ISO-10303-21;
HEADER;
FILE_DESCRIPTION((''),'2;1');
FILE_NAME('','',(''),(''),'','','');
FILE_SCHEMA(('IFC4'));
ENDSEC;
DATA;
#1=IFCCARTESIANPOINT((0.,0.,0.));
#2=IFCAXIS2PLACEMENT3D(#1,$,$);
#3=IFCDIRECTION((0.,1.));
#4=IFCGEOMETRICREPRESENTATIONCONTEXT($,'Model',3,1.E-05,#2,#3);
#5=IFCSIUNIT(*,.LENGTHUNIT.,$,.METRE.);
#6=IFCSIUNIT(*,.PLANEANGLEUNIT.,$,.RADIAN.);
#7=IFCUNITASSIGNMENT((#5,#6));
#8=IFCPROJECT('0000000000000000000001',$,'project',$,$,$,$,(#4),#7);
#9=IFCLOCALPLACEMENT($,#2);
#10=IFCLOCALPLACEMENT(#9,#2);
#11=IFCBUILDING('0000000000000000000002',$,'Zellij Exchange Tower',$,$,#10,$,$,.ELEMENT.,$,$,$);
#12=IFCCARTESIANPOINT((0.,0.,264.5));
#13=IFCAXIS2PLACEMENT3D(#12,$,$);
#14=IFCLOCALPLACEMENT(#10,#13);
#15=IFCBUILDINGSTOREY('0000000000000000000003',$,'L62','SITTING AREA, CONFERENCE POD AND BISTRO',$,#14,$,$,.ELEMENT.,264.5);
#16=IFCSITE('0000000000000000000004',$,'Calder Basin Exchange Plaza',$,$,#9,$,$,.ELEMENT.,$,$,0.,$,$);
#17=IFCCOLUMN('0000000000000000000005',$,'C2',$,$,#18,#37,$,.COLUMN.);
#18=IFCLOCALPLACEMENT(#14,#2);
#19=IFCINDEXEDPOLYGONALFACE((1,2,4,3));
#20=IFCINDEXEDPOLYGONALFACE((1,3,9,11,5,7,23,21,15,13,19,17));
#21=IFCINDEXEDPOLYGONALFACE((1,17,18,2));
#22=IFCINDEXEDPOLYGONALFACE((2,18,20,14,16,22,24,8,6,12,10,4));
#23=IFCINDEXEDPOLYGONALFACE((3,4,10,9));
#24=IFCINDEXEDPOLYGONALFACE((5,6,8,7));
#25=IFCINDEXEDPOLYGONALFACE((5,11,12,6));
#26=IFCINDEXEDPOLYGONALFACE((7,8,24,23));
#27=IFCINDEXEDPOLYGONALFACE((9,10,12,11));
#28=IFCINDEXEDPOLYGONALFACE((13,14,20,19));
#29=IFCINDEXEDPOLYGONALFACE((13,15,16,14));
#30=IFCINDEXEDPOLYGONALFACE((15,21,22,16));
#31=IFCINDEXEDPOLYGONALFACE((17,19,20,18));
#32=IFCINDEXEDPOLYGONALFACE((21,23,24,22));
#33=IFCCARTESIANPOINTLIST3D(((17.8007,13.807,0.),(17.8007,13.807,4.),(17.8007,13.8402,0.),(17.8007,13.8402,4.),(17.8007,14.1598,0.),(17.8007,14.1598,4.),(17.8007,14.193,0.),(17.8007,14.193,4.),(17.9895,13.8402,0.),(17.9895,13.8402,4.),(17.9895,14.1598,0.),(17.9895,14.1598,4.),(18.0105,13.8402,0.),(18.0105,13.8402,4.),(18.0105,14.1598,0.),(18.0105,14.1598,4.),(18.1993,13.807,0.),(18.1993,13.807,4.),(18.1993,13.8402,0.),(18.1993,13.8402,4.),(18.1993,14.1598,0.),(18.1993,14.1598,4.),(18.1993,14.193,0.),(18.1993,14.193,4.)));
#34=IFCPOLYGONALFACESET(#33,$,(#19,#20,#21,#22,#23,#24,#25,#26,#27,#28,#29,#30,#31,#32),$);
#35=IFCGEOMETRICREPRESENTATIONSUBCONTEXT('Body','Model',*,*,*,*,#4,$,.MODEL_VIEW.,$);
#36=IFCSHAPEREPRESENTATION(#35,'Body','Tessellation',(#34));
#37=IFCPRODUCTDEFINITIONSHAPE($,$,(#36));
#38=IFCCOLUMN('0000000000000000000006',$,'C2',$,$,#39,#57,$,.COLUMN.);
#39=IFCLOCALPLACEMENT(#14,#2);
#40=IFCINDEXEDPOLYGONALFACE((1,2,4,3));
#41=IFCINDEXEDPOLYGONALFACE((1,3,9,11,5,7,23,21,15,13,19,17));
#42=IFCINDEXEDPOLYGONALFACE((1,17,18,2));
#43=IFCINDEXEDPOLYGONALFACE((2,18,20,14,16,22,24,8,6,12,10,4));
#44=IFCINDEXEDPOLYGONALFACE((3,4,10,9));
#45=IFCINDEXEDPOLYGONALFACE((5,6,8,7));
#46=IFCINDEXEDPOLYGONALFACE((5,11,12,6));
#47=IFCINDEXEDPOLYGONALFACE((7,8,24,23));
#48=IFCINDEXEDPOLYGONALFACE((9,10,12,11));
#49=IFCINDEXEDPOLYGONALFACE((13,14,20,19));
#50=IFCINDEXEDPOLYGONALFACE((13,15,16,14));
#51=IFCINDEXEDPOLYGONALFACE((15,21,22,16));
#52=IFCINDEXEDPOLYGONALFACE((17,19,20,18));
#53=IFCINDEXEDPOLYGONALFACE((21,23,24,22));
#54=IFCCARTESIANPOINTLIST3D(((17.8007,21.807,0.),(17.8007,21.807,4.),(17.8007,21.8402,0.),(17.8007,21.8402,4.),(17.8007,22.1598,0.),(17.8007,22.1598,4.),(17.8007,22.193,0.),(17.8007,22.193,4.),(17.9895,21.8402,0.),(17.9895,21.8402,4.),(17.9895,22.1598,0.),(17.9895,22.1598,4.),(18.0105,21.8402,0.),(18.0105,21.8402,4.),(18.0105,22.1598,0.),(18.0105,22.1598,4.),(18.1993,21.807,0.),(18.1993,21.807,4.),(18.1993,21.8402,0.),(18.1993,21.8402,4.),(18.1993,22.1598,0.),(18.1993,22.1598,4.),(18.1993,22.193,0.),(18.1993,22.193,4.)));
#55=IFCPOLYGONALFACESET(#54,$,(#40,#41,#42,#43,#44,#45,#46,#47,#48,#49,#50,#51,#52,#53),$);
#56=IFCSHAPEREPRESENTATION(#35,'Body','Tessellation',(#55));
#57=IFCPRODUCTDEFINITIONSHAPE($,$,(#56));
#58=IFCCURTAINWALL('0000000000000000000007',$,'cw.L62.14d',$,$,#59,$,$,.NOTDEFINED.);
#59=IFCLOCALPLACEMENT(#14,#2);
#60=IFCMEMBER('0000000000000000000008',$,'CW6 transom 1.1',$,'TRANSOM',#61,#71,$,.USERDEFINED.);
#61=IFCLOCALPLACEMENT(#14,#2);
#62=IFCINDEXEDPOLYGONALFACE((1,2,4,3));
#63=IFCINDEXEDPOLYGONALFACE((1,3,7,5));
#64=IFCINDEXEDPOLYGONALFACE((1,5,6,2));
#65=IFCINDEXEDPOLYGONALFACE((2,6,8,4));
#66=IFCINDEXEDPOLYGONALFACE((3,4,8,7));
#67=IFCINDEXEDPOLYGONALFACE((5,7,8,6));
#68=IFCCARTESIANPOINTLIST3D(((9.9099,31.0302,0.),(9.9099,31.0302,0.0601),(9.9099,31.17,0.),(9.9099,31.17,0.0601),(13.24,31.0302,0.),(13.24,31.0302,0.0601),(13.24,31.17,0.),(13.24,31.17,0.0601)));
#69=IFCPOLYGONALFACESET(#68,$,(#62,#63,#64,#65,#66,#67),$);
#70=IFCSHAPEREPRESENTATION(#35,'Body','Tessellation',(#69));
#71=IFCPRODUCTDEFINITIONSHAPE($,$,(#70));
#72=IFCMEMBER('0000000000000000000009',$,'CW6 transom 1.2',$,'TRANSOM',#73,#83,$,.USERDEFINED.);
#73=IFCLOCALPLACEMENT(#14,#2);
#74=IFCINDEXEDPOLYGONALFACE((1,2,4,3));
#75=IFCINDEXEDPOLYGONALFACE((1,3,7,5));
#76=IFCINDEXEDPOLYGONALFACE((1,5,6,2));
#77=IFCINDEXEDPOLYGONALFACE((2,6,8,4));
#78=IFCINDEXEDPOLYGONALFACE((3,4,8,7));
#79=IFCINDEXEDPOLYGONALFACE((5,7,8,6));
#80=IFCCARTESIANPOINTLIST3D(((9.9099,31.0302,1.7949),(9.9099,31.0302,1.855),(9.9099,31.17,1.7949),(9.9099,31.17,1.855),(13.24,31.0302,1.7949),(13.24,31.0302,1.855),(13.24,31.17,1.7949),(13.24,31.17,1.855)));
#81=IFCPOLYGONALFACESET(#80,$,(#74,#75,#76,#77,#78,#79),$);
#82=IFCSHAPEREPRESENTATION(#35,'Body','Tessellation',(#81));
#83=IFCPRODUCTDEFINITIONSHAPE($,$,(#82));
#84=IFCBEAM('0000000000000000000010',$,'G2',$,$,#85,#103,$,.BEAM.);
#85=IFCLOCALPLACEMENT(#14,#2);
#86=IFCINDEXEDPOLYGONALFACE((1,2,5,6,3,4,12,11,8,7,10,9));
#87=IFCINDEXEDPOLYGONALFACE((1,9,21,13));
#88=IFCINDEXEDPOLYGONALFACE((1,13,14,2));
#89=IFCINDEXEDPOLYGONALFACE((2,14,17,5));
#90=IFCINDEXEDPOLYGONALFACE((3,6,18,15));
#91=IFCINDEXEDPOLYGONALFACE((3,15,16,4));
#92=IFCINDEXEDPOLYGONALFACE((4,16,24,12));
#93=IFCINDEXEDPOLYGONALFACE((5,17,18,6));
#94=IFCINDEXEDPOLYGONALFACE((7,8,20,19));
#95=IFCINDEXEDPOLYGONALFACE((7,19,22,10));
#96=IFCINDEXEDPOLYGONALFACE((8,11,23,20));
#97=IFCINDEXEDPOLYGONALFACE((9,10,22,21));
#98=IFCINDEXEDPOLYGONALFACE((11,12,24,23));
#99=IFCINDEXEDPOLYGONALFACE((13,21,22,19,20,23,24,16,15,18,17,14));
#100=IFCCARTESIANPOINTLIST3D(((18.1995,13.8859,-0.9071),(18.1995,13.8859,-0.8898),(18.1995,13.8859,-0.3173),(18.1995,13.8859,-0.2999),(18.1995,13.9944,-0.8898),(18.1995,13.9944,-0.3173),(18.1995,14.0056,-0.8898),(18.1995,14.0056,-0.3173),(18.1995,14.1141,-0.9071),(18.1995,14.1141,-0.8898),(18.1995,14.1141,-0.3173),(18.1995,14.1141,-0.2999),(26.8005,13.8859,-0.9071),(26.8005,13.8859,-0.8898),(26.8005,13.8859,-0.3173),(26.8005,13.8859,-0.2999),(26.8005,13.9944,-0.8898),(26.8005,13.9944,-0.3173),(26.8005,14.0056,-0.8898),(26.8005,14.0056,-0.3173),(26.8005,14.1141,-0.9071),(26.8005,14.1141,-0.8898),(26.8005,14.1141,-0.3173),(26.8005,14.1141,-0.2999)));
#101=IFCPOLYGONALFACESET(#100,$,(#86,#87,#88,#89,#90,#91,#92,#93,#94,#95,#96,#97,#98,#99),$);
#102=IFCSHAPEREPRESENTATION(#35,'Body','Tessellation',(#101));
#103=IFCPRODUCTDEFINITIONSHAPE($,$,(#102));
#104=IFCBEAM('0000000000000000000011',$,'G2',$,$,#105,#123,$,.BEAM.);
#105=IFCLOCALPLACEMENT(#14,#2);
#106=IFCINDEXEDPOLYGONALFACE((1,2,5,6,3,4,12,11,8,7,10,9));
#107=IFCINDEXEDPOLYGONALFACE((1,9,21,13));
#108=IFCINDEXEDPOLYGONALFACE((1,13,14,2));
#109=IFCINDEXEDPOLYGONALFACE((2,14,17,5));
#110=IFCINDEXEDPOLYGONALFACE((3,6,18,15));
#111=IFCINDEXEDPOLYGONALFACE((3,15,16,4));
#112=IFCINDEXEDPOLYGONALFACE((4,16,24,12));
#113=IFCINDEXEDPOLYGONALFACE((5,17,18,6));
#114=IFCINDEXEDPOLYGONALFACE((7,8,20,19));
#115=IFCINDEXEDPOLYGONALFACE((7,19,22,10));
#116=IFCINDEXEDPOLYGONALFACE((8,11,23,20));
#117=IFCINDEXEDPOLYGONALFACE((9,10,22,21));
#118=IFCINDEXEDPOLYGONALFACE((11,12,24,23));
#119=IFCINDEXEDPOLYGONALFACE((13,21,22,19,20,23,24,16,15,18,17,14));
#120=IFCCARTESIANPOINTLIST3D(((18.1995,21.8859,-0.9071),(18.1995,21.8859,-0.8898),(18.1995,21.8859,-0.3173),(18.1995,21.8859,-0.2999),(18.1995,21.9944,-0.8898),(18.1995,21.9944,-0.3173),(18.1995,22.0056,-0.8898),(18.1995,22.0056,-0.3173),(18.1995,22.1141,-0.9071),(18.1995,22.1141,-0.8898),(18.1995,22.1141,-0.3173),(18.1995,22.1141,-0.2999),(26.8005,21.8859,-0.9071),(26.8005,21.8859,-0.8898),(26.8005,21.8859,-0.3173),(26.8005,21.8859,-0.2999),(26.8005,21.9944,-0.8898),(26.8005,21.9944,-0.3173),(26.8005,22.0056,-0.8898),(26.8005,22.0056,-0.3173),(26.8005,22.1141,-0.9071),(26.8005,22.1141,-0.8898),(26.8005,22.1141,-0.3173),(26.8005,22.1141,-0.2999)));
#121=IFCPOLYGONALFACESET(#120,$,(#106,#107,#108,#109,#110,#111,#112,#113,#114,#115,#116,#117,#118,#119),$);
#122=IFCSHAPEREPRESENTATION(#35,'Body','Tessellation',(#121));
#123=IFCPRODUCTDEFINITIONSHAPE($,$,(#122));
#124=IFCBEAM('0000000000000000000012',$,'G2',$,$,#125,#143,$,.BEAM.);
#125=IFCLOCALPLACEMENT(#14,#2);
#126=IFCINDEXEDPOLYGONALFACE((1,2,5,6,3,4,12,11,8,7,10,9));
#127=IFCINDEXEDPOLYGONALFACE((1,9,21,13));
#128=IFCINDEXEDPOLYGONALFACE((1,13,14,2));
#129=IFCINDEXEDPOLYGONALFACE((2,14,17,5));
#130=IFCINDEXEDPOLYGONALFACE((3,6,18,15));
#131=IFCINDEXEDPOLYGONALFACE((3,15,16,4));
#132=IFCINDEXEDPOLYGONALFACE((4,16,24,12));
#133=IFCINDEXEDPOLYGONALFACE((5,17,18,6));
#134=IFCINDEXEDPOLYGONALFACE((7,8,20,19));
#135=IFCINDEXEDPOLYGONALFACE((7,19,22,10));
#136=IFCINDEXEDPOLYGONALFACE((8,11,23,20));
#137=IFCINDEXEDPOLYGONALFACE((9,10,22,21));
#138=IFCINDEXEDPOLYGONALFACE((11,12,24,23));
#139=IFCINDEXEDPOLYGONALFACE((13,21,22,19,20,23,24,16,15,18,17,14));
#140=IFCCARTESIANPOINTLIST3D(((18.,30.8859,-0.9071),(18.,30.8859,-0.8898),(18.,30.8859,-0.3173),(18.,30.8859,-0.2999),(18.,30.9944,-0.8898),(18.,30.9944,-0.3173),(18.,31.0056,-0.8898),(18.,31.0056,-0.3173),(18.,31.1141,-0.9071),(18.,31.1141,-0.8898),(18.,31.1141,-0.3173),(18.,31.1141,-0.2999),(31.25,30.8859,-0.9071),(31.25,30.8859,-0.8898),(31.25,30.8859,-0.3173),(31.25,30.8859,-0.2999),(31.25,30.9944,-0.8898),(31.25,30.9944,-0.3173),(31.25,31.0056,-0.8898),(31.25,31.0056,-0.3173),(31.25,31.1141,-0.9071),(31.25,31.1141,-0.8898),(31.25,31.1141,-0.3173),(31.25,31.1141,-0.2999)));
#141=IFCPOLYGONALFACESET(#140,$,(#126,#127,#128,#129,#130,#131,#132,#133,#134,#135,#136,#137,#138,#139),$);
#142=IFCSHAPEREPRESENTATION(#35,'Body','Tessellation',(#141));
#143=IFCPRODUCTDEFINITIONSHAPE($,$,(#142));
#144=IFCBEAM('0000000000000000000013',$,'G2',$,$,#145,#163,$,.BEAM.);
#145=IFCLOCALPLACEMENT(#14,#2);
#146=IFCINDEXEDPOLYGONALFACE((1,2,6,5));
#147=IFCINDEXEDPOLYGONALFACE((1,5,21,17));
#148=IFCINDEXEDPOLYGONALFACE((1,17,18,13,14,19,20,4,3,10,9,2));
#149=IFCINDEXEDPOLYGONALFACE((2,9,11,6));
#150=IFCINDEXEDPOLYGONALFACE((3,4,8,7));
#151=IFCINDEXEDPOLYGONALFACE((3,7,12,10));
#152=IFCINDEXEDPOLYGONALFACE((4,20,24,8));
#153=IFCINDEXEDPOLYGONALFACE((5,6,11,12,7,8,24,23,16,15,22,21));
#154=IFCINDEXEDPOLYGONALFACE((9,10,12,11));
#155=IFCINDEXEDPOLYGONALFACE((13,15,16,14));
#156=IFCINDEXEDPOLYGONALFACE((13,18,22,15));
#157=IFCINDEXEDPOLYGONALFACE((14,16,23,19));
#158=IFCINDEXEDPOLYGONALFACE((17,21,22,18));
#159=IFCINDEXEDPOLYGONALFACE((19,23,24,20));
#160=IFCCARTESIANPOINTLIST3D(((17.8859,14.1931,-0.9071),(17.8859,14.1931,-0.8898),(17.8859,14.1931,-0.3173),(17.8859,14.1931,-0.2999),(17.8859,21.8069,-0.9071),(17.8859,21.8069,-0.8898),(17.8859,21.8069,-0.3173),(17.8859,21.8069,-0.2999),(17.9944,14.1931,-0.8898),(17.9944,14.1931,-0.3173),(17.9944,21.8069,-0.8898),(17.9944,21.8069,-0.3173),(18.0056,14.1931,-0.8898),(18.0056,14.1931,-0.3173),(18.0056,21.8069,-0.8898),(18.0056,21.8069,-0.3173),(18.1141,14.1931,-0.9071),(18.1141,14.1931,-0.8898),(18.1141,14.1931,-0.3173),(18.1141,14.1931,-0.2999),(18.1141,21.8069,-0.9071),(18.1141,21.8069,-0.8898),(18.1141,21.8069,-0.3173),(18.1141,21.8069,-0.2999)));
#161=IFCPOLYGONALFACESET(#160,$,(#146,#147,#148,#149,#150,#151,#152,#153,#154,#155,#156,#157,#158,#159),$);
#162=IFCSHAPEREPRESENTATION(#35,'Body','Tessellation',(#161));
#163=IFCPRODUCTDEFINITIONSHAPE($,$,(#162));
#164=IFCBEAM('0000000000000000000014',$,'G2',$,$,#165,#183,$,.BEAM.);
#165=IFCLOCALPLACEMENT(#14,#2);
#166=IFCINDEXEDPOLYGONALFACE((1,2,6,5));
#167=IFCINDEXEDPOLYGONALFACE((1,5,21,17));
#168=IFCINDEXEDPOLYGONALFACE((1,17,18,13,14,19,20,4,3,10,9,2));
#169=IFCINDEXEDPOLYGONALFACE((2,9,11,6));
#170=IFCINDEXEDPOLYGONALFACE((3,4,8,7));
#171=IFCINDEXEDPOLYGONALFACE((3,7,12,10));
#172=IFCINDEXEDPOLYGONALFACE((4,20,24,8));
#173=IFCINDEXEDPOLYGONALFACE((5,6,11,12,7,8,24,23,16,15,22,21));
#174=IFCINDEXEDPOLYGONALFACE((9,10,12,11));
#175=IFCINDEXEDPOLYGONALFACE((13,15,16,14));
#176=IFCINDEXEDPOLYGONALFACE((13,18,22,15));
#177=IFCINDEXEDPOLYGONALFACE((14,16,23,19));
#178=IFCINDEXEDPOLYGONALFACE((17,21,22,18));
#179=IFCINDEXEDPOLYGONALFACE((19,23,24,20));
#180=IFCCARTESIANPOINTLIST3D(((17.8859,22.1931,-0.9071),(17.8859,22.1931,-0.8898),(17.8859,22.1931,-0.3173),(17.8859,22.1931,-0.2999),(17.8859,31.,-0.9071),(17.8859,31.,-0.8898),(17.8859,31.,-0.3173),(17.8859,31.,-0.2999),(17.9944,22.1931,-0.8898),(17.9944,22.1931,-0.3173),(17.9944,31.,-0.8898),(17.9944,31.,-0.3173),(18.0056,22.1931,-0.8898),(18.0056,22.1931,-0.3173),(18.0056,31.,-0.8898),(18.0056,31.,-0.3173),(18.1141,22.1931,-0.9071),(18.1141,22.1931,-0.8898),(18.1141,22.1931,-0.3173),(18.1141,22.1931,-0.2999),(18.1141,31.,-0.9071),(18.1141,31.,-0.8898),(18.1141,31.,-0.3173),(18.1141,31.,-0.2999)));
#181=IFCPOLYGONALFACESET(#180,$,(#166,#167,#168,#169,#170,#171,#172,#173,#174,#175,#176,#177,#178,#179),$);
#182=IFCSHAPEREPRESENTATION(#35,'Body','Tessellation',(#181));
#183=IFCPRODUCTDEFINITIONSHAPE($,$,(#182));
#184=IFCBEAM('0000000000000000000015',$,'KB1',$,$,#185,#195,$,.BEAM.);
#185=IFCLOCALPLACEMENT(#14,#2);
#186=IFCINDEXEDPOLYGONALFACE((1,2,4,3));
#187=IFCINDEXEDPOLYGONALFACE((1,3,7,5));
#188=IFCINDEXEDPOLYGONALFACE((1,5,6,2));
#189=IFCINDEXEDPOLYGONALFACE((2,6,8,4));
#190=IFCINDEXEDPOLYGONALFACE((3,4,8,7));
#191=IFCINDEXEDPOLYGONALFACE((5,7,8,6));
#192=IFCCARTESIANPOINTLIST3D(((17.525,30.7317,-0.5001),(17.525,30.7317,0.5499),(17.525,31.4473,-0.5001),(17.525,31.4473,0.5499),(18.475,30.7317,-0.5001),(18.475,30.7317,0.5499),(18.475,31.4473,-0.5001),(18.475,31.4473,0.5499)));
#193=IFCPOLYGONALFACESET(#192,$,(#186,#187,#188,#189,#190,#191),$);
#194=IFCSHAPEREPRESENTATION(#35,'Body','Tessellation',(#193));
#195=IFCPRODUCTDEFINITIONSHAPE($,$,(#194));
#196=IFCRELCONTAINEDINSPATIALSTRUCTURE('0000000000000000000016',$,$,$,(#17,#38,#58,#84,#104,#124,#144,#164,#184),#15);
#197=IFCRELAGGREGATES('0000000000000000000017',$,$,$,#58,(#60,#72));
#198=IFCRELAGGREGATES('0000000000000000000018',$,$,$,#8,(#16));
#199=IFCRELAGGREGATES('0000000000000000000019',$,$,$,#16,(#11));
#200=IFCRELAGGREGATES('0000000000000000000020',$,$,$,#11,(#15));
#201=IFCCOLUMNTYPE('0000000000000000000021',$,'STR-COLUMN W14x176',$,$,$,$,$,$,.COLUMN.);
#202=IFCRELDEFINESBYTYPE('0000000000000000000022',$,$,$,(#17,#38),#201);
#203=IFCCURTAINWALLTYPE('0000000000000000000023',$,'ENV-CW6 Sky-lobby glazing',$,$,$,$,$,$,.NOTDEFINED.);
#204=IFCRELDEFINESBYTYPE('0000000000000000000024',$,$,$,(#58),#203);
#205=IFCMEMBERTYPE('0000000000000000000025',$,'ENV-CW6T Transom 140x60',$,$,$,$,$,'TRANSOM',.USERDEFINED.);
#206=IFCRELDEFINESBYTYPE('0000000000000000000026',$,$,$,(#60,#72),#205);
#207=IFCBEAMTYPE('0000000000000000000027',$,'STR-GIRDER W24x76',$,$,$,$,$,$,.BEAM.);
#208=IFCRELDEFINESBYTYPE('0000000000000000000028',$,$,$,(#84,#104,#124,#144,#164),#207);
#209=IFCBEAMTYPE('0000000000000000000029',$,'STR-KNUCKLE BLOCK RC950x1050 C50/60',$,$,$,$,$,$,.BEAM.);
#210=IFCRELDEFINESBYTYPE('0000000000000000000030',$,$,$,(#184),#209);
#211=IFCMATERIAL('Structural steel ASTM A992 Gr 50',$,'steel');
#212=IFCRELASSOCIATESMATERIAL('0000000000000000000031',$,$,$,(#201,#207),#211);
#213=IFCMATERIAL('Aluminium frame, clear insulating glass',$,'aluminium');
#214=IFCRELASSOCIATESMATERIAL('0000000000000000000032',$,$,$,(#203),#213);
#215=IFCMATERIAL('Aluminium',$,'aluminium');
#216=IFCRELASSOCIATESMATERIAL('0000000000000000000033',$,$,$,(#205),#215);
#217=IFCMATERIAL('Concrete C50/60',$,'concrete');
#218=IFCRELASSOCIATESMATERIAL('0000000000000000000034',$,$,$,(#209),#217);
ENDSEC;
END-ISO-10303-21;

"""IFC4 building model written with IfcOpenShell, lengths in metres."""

from ifc_helpers import new_model, si_unit, direction, frame, origin, origin_2d, place, context, subcontext, project, spatial, rectangle, i_section, extrude, material, material_profile, profile_set, type_object, element, aggregate, save


model = new_model("IFC4")

# Units and contexts
model_context = context("Model", 3, precision=1e-05, world=origin(), true_north=direction((0.0, 1.0)))
body_context = subcontext(model_context, "Body", "Model", "MODEL_VIEW")
ifc_project = project(units=[si_unit("LENGTHUNIT", "METRE"), si_unit("PLANEANGLEUNIT", "RADIAN")], contexts=[model_context])

# Site, building, storey
site_placement = place(None, origin())
site = spatial("IfcSite", under=ifc_project, at=site_placement, Name="Calder Basin Exchange Plaza", CompositionType="ELEMENT", RefElevation=0.0)
building_placement = place(site_placement, origin())
building = spatial("IfcBuilding", under=site, at=building_placement, Name="Zellij Exchange Tower", CompositionType="ELEMENT")
storey_placement = place(building_placement, frame((0.0, 0.0, 264.5)))
storey = spatial("IfcBuildingStorey", under=building, at=storey_placement, Name="L62", Description="SITTING AREA, CONFERENCE POD AND BISTRO", CompositionType="ELEMENT", Elevation=264.5)

# Columns
ifc_material_1 = material(Name="Concrete C50/60", Category="concrete")
ifc_material_2 = material(Name="Structural steel ASTM A992 Gr 50", Category="steel")
ifc_material_profile_1 = material_profile(ifc_material_2, i_section(OverallWidth=0.3987, OverallDepth=0.386, WebThickness=0.021, FlangeThickness=0.0332, at=origin_2d()), Name="W14x176")
ifc_profile_set_1 = profile_set([ifc_material_profile_1], Name="Structural steel ASTM A992 Gr 50")
column_type_1 = type_object("IfcColumnType", Name="STR-COLUMN W14x176", PredefinedType="COLUMN", material=ifc_profile_set_1)
for number, where, z_axis, x_axis, name in (
    (1, (18.0, 14.0, 0.0), (0.0, 0.0, 1.0), (1.0, 0.0, 0.0), "C2"),
    (2, (18.0, 22.0, 0.0), (0.0, 0.0, 1.0), (1.0, 0.0, 0.0), "C2"),
):
    element("IfcColumn", number, at=place(storey_placement, frame(where, z_axis=z_axis, x_axis=x_axis)), inside=storey, type_object=column_type_1, Name=name, PredefinedType="COLUMN", context=body_context, shape_type="SweptSolid", body=[
        extrude(i_section(OverallWidth=0.3987, OverallDepth=0.386, WebThickness=0.021, FlangeThickness=0.0332, at=origin_2d()), origin(), (0.0, 0.0, 1.0), 4.0),
    ])

# Curtain wall, members
ifc_material_3 = material(Name="Aluminium frame, clear insulating glass", Category="aluminium")
curtain_wall_type = type_object("IfcCurtainWallType", Name="ENV-CW6 Sky-lobby glazing", PredefinedType="NOTDEFINED", material=ifc_material_3)
curtain_wall_placement = place(storey_placement, origin())
curtain_wall = element("IfcCurtainWall", 3, at=curtain_wall_placement, inside=storey, type_object=curtain_wall_type, Name="cw.L62.14d", PredefinedType="NOTDEFINED")
ifc_material_4 = material(Name="Aluminium", Category="aluminium")
ifc_material_profile_2 = material_profile(ifc_material_4, rectangle(XDim=0.1399, YDim=0.0601, at=origin_2d()), Name="AL 140x60")
ifc_profile_set_2 = profile_set([ifc_material_profile_2], Name="Aluminium")
member_type = type_object("IfcMemberType", Name="ENV-CW6T Transom 140x60", ElementType="TRANSOM", PredefinedType="USERDEFINED", material=ifc_profile_set_2)
member_1_placement = place(storey_placement, frame((13.24, 31.1001, 0.03), z_axis=(-1.0, 0.0, 0.0), x_axis=(0.0, -1.0, 0.0)))
member_1 = element("IfcMember", 4, at=member_1_placement, type_object=member_type, Name="CW6 transom 1.1", ObjectType="TRANSOM", PredefinedType="USERDEFINED", context=body_context, shape_type="SweptSolid", body=[
    extrude(rectangle(XDim=0.1399, YDim=0.0601, at=origin_2d()), origin(), (0.0, 0.0, 1.0), 3.3301),
])
member_2_placement = place(storey_placement, frame((13.24, 31.1001, 1.825), z_axis=(-1.0, 0.0, 0.0), x_axis=(0.0, -1.0, 0.0)))
member_2 = element("IfcMember", 5, at=member_2_placement, type_object=member_type, Name="CW6 transom 1.2", ObjectType="TRANSOM", PredefinedType="USERDEFINED", context=body_context, shape_type="SweptSolid", body=[
    extrude(rectangle(XDim=0.1399, YDim=0.0601, at=origin_2d()), origin(), (0.0, 0.0, 1.0), 3.3301),
])
aggregate(curtain_wall, [member_1, member_2])

# Beams
ifc_material_profile_3 = material_profile(ifc_material_2, i_section(OverallWidth=0.2283, OverallDepth=0.6072, WebThickness=0.0112, FlangeThickness=0.0173, at=origin_2d()), Name="W24x76")
ifc_profile_set_3 = profile_set([ifc_material_profile_3], Name="Structural steel ASTM A992 Gr 50")
beam_type_1 = type_object("IfcBeamType", Name="STR-GIRDER W24x76", PredefinedType="BEAM", material=ifc_profile_set_3)
for number, where, z_axis, x_axis, name in (
    (6, (18.1995, 14.0, -0.6035), (1.0, 0.0, 0.0), (0.0, 1.0, 0.0), "G2"),
    (7, (18.1995, 22.0, -0.6035), (1.0, 0.0, 0.0), (0.0, 1.0, 0.0), "G2"),
):
    element("IfcBeam", number, at=place(storey_placement, frame(where, z_axis=z_axis, x_axis=x_axis)), inside=storey, type_object=beam_type_1, Name=name, PredefinedType="BEAM", context=body_context, shape_type="SweptSolid", body=[
        extrude(i_section(OverallWidth=0.2283, OverallDepth=0.6072, WebThickness=0.0112, FlangeThickness=0.0173, at=origin_2d()), origin(), (0.0, 0.0, 1.0), 8.6011),
    ])
beam_1_placement = place(storey_placement, frame((18.0, 31.0, -0.6035), z_axis=(1.0, 0.0, 0.0), x_axis=(0.0, 1.0, 0.0)))
element("IfcBeam", 8, at=beam_1_placement, inside=storey, type_object=beam_type_1, Name="G2", PredefinedType="BEAM", context=body_context, shape_type="SweptSolid", body=[
    extrude(i_section(OverallWidth=0.2283, OverallDepth=0.6072, WebThickness=0.0112, FlangeThickness=0.0173, at=origin_2d()), origin(), (0.0, 0.0, 1.0), 13.25),
])
beam_2_placement = place(storey_placement, frame((18.0, 14.1931, -0.6035), z_axis=(0.0, 1.0, 0.0), x_axis=(-1.0, 0.0, 0.0)))
element("IfcBeam", 9, at=beam_2_placement, inside=storey, type_object=beam_type_1, Name="G2", PredefinedType="BEAM", context=body_context, shape_type="SweptSolid", body=[
    extrude(i_section(OverallWidth=0.2283, OverallDepth=0.6072, WebThickness=0.0112, FlangeThickness=0.0173, at=origin_2d()), origin(), (0.0, 0.0, 1.0), 7.6138),
])
beam_3_placement = place(storey_placement, frame((18.0, 22.1931, -0.6035), z_axis=(0.0, 1.0, 0.0), x_axis=(-1.0, 0.0, 0.0)))
element("IfcBeam", 10, at=beam_3_placement, inside=storey, type_object=beam_type_1, Name="G2", PredefinedType="BEAM", context=body_context, shape_type="SweptSolid", body=[
    extrude(i_section(OverallWidth=0.2283, OverallDepth=0.6072, WebThickness=0.0112, FlangeThickness=0.0173, at=origin_2d()), origin(), (0.0, 0.0, 1.0), 8.8069),
])
ifc_material_profile_4 = material_profile(ifc_material_1, rectangle(XDim=0.95, YDim=1.05, at=origin_2d()), Name="STR-KNUCKLE BLOCK RC950x1050 C50/60")
ifc_profile_set_4 = profile_set([ifc_material_profile_4], Name="Concrete C50/60")
beam_type_2 = type_object("IfcBeamType", Name="STR-KNUCKLE BLOCK RC950x1050 C50/60", PredefinedType="BEAM", material=ifc_profile_set_4)
beam_4_placement = place(storey_placement, frame((18.0, 30.7317, 0.0249), z_axis=(0.0, 1.0, 0.0), x_axis=(-1.0, 0.0, 0.0)))
element("IfcBeam", 11, at=beam_4_placement, inside=storey, type_object=beam_type_2, Name="KB1", PredefinedType="BEAM", context=body_context, shape_type="SweptSolid", body=[
    extrude(rectangle(XDim=0.95, YDim=1.05, at=origin_2d()), origin(), (0.0, 0.0, 1.0), 0.7156),
])

save(model, "model.ifc")
